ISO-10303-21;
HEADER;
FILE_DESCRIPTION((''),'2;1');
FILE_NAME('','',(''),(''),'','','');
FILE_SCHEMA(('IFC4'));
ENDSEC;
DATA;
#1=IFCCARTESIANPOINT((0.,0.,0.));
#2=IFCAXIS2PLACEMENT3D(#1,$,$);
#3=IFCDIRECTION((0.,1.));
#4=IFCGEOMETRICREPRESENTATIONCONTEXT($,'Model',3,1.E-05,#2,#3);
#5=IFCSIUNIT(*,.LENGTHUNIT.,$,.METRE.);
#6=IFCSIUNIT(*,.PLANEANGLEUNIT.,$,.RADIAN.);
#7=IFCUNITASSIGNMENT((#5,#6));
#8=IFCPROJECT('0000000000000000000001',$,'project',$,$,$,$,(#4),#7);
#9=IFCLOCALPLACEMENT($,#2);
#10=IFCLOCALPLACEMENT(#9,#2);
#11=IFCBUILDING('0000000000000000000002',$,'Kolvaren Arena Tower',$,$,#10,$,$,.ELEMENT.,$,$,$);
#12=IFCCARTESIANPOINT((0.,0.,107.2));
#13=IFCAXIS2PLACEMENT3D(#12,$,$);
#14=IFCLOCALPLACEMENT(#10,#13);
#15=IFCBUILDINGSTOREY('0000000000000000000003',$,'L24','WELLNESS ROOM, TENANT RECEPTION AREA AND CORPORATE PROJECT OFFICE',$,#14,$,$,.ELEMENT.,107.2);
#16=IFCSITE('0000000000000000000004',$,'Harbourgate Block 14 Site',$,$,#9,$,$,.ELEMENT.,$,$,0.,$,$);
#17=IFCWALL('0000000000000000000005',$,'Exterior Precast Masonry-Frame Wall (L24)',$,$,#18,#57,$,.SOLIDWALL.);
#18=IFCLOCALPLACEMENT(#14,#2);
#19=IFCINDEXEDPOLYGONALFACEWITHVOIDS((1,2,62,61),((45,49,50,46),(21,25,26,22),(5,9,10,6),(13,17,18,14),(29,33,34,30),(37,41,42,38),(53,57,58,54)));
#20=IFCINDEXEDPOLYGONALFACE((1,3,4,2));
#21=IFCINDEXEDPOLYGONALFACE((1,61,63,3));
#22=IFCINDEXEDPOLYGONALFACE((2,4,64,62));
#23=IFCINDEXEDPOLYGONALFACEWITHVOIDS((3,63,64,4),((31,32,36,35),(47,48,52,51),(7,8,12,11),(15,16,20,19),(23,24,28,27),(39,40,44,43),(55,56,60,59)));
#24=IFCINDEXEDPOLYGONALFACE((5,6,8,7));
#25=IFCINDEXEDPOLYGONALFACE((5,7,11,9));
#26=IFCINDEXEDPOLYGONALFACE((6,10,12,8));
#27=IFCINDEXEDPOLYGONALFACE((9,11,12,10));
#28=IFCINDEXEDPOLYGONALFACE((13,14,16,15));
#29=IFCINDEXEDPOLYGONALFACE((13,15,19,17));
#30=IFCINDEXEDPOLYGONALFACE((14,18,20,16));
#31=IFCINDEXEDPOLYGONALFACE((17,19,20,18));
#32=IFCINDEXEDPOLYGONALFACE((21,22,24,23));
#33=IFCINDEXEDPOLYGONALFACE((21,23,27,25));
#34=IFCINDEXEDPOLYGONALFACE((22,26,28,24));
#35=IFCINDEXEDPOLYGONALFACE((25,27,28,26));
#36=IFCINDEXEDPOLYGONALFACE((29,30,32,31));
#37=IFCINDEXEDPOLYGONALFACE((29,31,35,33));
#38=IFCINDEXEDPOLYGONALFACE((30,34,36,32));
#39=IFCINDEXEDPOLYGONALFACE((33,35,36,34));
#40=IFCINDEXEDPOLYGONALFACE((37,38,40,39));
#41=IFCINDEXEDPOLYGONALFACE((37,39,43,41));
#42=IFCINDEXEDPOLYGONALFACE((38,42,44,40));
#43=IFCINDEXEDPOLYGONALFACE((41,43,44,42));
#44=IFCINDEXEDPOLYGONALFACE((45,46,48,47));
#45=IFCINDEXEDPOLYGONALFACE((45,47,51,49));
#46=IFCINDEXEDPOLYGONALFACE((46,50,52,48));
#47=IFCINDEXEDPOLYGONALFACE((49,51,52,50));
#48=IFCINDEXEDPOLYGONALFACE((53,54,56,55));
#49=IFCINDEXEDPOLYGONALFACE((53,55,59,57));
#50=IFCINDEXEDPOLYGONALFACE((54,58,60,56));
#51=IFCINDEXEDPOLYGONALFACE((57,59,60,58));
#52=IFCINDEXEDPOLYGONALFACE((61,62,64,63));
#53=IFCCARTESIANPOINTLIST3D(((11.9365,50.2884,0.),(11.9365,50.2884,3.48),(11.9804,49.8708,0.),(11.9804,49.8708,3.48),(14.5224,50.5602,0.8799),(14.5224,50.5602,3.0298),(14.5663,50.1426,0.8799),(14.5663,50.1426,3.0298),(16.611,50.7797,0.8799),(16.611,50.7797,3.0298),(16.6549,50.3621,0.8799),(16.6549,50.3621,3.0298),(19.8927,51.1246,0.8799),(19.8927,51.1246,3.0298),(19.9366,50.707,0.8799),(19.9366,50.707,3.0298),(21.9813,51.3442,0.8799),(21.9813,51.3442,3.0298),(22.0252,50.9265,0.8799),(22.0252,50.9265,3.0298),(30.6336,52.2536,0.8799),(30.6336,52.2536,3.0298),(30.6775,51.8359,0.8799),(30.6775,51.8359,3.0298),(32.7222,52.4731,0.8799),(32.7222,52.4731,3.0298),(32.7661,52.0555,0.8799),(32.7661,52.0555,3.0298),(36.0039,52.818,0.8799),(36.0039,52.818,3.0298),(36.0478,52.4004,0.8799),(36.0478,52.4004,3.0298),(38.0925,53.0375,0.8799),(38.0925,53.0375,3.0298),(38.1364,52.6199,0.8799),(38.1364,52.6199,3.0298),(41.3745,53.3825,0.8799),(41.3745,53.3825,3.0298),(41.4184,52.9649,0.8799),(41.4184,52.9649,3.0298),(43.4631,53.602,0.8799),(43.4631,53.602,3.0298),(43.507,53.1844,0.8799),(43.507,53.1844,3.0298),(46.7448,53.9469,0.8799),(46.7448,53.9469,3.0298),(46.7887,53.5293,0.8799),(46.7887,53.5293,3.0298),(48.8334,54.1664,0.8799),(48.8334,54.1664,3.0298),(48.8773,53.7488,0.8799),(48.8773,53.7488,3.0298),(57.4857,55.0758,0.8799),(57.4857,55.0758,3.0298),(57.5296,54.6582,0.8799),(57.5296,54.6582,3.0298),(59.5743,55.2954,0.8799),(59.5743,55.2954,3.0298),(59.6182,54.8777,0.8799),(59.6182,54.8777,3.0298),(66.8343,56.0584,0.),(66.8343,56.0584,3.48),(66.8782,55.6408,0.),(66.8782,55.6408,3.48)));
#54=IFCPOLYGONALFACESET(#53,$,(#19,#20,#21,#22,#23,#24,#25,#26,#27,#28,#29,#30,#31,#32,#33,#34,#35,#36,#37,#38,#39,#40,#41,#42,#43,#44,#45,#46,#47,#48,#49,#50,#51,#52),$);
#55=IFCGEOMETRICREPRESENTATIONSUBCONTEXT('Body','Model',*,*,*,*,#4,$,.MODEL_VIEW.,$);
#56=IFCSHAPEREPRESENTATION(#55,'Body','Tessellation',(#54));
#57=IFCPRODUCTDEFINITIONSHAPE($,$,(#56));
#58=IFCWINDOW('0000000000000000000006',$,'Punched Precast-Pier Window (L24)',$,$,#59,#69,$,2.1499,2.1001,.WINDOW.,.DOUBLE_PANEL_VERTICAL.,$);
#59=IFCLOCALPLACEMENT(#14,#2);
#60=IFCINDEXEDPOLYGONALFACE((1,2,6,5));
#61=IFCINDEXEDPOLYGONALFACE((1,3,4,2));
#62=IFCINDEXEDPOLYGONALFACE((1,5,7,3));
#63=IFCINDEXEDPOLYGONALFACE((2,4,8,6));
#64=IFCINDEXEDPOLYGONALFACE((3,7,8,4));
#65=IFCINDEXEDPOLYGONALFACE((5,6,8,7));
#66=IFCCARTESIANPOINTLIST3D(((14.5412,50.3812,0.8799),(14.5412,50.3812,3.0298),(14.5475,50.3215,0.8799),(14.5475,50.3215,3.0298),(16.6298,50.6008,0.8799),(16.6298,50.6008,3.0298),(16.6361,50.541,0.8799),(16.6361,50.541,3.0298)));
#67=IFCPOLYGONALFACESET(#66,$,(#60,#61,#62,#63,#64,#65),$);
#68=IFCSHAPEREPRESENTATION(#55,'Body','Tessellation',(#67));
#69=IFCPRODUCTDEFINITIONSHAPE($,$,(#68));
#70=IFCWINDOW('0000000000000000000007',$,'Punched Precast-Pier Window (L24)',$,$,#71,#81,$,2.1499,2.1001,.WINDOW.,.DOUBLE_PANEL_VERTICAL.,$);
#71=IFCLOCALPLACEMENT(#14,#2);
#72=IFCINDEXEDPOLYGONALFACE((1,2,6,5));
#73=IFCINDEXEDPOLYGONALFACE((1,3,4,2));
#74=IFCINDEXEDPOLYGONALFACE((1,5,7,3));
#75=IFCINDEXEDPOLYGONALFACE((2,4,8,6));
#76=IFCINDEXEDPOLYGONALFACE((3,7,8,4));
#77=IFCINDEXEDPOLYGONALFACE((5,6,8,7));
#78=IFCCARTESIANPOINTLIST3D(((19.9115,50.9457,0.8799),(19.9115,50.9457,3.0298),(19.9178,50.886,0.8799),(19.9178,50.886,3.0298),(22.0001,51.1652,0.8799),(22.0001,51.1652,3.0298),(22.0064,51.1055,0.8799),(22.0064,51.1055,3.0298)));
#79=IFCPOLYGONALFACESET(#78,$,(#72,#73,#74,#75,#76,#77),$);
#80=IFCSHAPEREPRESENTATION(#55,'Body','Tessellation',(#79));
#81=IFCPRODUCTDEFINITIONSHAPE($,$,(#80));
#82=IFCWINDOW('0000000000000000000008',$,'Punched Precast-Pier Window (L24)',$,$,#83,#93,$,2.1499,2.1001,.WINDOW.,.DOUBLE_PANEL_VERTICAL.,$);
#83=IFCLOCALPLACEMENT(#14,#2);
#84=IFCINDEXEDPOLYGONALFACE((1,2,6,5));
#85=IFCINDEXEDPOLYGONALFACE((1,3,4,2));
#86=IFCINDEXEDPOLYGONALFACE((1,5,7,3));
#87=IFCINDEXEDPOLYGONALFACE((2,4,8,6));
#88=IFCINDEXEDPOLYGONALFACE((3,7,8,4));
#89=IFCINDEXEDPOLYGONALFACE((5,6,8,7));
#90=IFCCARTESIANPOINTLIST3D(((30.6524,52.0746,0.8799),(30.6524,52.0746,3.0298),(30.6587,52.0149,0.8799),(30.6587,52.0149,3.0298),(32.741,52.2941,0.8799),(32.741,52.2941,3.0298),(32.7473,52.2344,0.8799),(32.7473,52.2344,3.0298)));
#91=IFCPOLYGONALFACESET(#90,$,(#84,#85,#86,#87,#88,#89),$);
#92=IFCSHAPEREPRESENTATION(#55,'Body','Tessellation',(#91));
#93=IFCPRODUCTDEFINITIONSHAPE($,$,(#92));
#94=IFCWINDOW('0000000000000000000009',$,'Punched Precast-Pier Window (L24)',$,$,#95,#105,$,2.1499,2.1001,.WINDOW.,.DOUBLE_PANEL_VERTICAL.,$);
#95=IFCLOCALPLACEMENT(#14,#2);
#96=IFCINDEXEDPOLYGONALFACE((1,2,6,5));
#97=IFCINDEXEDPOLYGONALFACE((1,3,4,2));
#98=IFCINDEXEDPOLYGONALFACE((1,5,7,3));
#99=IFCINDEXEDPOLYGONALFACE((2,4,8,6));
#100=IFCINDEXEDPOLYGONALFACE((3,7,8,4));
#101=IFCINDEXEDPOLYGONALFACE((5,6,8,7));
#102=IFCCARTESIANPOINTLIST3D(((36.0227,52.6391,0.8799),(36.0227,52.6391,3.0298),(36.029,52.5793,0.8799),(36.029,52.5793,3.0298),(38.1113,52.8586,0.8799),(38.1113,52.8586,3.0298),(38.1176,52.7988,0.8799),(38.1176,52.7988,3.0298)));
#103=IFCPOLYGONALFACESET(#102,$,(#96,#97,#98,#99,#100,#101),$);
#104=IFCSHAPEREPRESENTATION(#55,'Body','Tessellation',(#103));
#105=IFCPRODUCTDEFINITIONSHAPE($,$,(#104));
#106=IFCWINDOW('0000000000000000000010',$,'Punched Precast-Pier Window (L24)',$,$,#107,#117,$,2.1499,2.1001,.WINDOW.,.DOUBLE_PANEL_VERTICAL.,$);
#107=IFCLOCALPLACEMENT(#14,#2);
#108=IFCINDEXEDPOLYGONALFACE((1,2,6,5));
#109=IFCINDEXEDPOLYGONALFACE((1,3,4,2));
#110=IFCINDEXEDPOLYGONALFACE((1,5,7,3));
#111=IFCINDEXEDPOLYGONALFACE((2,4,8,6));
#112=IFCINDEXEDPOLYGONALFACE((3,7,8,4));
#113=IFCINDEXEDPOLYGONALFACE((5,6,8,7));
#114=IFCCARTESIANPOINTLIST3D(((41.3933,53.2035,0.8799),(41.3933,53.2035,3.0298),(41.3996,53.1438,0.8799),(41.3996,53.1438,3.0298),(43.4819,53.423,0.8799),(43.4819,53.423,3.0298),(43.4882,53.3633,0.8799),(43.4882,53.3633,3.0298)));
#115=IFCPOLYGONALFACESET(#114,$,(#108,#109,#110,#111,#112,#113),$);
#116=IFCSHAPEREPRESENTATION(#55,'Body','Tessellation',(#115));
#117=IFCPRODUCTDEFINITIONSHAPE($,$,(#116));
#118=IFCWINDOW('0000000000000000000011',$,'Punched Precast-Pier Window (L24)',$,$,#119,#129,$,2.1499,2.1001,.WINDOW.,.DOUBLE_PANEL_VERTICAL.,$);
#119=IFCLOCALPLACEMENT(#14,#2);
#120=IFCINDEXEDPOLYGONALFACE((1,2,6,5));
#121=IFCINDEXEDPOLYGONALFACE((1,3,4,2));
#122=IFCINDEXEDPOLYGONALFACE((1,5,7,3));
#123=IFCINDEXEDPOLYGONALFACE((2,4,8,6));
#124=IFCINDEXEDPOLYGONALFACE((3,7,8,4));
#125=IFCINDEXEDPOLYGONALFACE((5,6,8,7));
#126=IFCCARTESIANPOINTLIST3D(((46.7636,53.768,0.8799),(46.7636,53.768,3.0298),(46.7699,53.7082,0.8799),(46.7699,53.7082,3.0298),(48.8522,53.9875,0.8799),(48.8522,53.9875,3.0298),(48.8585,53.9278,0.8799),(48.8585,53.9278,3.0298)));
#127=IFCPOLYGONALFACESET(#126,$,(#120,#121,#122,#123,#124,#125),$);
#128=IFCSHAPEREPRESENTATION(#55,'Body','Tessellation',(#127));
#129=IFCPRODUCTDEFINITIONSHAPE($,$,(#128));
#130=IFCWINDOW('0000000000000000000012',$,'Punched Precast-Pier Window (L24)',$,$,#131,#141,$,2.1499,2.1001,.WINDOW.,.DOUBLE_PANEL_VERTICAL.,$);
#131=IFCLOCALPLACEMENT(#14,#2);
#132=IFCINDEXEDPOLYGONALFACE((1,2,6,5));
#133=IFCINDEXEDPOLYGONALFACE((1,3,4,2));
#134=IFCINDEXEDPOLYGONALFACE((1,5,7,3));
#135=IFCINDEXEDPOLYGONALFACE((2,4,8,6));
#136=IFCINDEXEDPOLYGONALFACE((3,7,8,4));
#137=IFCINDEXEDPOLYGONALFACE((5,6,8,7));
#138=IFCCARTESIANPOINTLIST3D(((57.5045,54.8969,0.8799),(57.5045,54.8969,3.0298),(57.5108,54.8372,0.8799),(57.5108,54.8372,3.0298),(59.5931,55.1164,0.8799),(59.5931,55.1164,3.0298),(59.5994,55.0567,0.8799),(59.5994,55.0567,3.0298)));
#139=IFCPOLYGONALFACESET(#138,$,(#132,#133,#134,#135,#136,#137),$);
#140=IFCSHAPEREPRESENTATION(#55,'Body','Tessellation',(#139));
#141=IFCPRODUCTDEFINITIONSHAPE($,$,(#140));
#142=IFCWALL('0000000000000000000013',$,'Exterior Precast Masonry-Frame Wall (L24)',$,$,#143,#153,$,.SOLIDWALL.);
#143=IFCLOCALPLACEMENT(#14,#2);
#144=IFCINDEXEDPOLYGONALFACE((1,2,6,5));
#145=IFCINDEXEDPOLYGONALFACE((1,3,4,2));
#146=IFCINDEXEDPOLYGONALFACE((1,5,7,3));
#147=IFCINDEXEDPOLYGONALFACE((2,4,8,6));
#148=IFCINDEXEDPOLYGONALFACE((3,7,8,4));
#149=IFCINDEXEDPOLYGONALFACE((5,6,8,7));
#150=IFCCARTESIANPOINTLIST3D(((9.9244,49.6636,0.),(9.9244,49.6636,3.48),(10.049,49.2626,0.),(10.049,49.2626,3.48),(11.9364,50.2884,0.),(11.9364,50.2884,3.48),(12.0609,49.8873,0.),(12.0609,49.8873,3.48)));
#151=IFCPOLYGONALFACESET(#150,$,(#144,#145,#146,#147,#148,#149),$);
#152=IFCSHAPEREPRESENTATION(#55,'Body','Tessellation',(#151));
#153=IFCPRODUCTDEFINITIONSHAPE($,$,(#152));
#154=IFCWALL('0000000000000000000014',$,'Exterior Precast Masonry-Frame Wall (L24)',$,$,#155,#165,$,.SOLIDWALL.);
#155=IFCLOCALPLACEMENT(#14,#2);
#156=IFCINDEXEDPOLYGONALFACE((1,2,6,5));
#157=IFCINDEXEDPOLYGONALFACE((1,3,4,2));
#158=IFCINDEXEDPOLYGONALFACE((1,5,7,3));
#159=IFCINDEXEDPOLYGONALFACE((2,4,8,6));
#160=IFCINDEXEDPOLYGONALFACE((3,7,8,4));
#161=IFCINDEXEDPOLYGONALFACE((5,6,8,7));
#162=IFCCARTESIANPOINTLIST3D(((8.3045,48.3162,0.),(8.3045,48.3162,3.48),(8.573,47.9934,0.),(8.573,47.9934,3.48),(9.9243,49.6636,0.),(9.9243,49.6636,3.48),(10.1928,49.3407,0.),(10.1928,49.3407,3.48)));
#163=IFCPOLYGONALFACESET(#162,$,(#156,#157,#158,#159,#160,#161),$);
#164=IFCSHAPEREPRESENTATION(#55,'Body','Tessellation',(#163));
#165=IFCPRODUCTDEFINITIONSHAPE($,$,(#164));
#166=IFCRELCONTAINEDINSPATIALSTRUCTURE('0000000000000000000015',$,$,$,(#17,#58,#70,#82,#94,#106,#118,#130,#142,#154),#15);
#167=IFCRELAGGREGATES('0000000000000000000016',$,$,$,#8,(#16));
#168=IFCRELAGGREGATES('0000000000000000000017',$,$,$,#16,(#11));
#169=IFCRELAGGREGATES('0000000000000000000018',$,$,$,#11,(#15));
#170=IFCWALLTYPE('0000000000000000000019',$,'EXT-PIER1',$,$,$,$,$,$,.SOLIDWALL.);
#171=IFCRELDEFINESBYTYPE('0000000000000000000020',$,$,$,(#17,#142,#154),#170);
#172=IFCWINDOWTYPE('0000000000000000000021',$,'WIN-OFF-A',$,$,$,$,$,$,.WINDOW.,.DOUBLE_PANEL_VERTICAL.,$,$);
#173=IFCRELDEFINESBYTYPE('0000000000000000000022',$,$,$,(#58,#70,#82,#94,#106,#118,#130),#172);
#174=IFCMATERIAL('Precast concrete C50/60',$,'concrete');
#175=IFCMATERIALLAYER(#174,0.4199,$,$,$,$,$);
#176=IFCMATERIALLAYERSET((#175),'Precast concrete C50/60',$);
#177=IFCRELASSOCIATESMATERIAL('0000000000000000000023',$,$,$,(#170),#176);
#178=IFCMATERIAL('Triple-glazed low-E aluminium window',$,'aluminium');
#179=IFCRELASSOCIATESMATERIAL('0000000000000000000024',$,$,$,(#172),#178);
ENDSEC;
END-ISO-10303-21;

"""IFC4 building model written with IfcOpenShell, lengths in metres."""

from ifc_helpers import new_model, si_unit, direction, frame, frame_2d, origin, place, context, subcontext, project, spatial, rectangle, extrude, material, layer, layer_set, type_object, element, fill, save


model = new_model("IFC4")

# Units and contexts
model_context = context("Model", 3, precision=1e-05, world=origin(), true_north=direction((0.0, 1.0)))
body_context = subcontext(model_context, "Body", "Model", "MODEL_VIEW")
ifc_project = project(units=[si_unit("LENGTHUNIT", "METRE"), si_unit("PLANEANGLEUNIT", "RADIAN")], contexts=[model_context])

# Site, building, storey
site_placement = place(None, origin())
site = spatial("IfcSite", under=ifc_project, at=site_placement, Name="Harbourgate Block 14 Site", CompositionType="ELEMENT", RefElevation=0.0)
building_placement = place(site_placement, origin())
building = spatial("IfcBuilding", under=site, at=building_placement, Name="Kolvaren Arena Tower", CompositionType="ELEMENT")
storey_placement = place(building_placement, frame((0.0, 0.0, 107.2)))
storey = spatial("IfcBuildingStorey", under=building, at=storey_placement, Name="L24", Description="WELLNESS ROOM, TENANT RECEPTION AREA AND CORPORATE PROJECT OFFICE", CompositionType="ELEMENT", Elevation=107.2)

# Wall, openings, windows
ifc_material_1 = material(Name="Precast concrete C50/60", Category="concrete")
ifc_layer_1 = layer(ifc_material_1, 0.4199)
ifc_layer_set_1 = layer_set([ifc_layer_1], Name="Precast concrete C50/60")
wall_type_1 = type_object("IfcWallType", Name="EXT-PIER1", PredefinedType="SOLIDWALL", material=ifc_layer_set_1)
wall_1_placement = place(storey_placement, frame((11.9585, 50.0796, 0.0), z_axis=(0.0, 0.0, 1.0), x_axis=(0.994522, 0.104529, 0.0)))
wall_1 = element("IfcWall", 1, at=wall_1_placement, inside=storey, type_object=wall_type_1, Name="Exterior Precast Masonry-Frame Wall (L24)", PredefinedType="SOLIDWALL", context=body_context, shape_type="SweptSolid", body=[
    extrude(rectangle(XDim=55.2002, YDim=0.4199, at=frame_2d((27.6001, 0.0))), origin(), (0.0, 0.0, 1.0), 3.48),
])
opening_1_placement = place(wall_1_placement, frame((2.6001, 0.0, 0.8799)))
opening_1 = element("IfcOpeningElement", 2, at=opening_1_placement, cuts=wall_1, PredefinedType="OPENING", context=body_context, shape_type="SweptSolid", body=[
    extrude(rectangle(XDim=2.1001, YDim=2.1499, at=frame_2d((1.05, 1.075))), frame((0.0, 0.22, 0.0), z_axis=(0.0, -1.0, 0.0), x_axis=(1.0, 0.0, 0.0)), (0.0, 0.0, 1.0), 0.4399),
])
opening_2_placement = place(wall_1_placement, frame((8.0, 0.0, 0.8799)))
opening_2 = element("IfcOpeningElement", 3, at=opening_2_placement, cuts=wall_1, PredefinedType="OPENING", context=body_context, shape_type="SweptSolid", body=[
    extrude(rectangle(XDim=2.1001, YDim=2.1499, at=frame_2d((1.05, 1.075))), frame((0.0, 0.22, 0.0), z_axis=(0.0, -1.0, 0.0), x_axis=(1.0, 0.0, 0.0)), (0.0, 0.0, 1.0), 0.4399),
])
opening_3_placement = place(wall_1_placement, frame((18.8, 0.0, 0.8799)))
opening_3 = element("IfcOpeningElement", 4, at=opening_3_placement, cuts=wall_1, PredefinedType="OPENING", context=body_context, shape_type="SweptSolid", body=[
    extrude(rectangle(XDim=2.1001, YDim=2.1499, at=frame_2d((1.05, 1.075))), frame((0.0, 0.22, 0.0), z_axis=(0.0, -1.0, 0.0), x_axis=(1.0, 0.0, 0.0)), (0.0, 0.0, 1.0), 0.4399),
])
opening_4_placement = place(wall_1_placement, frame((24.2, 0.0, 0.8799)))
opening_4 = element("IfcOpeningElement", 5, at=opening_4_placement, cuts=wall_1, PredefinedType="OPENING", context=body_context, shape_type="SweptSolid", body=[
    extrude(rectangle(XDim=2.1001, YDim=2.1499, at=frame_2d((1.05, 1.075))), frame((0.0, 0.22, 0.0), z_axis=(0.0, -1.0, 0.0), x_axis=(1.0, 0.0, 0.0)), (0.0, 0.0, 1.0), 0.4399),
])
opening_5_placement = place(wall_1_placement, frame((29.6001, 0.0, 0.8799)))
opening_5 = element("IfcOpeningElement", 6, at=opening_5_placement, cuts=wall_1, PredefinedType="OPENING", context=body_context, shape_type="SweptSolid", body=[
    extrude(rectangle(XDim=2.1001, YDim=2.1499, at=frame_2d((1.05, 1.075))), frame((0.0, 0.22, 0.0), z_axis=(0.0, -1.0, 0.0), x_axis=(1.0, 0.0, 0.0)), (0.0, 0.0, 1.0), 0.4399),
])
opening_6_placement = place(wall_1_placement, frame((35.0, 0.0, 0.8799)))
opening_6 = element("IfcOpeningElement", 7, at=opening_6_placement, cuts=wall_1, PredefinedType="OPENING", context=body_context, shape_type="SweptSolid", body=[
    extrude(rectangle(XDim=2.1001, YDim=2.1499, at=frame_2d((1.05, 1.075))), frame((0.0, 0.22, 0.0), z_axis=(0.0, -1.0, 0.0), x_axis=(1.0, 0.0, 0.0)), (0.0, 0.0, 1.0), 0.4399),
])
opening_7_placement = place(wall_1_placement, frame((45.8, 0.0, 0.8799)))
opening_7 = element("IfcOpeningElement", 8, at=opening_7_placement, cuts=wall_1, PredefinedType="OPENING", context=body_context, shape_type="SweptSolid", body=[
    extrude(rectangle(XDim=2.1001, YDim=2.1499, at=frame_2d((1.05, 1.075))), frame((0.0, 0.22, 0.0), z_axis=(0.0, -1.0, 0.0), x_axis=(1.0, 0.0, 0.0)), (0.0, 0.0, 1.0), 0.4399),
])
ifc_material_2 = material(Name="Triple-glazed low-E aluminium window", Category="aluminium")
window_type = type_object("IfcWindowType", Name="WIN-OFF-A", PartitioningType="DOUBLE_PANEL_VERTICAL", PredefinedType="WINDOW", material=ifc_material_2)
window_1_placement = place(opening_1_placement, origin())
window_1 = element("IfcWindow", 9, at=window_1_placement, inside=storey, type_object=window_type, Name="Punched Precast-Pier Window (L24)", OverallHeight=2.1499, OverallWidth=2.1001, PartitioningType="DOUBLE_PANEL_VERTICAL", PredefinedType="WINDOW", context=body_context, shape_type="SweptSolid", body=[
    extrude(rectangle(XDim=2.1001, YDim=2.1499, at=frame_2d((1.05, 1.075))), frame((0.0, 0.03, 0.0), z_axis=(0.0, -1.0, 0.0), x_axis=(1.0, 0.0, 0.0)), (0.0, 0.0, 1.0), 0.0601),
])
fill(opening_1, window_1)
window_2_placement = place(opening_2_placement, origin())
window_2 = element("IfcWindow", 10, at=window_2_placement, inside=storey, type_object=window_type, Name="Punched Precast-Pier Window (L24)", OverallHeight=2.1499, OverallWidth=2.1001, PartitioningType="DOUBLE_PANEL_VERTICAL", PredefinedType="WINDOW", context=body_context, shape_type="SweptSolid", body=[
    extrude(rectangle(XDim=2.1001, YDim=2.1499, at=frame_2d((1.05, 1.075))), frame((0.0, 0.03, 0.0), z_axis=(0.0, -1.0, 0.0), x_axis=(1.0, 0.0, 0.0)), (0.0, 0.0, 1.0), 0.0601),
])
fill(opening_2, window_2)
window_3_placement = place(opening_3_placement, origin())
window_3 = element("IfcWindow", 11, at=window_3_placement, inside=storey, type_object=window_type, Name="Punched Precast-Pier Window (L24)", OverallHeight=2.1499, OverallWidth=2.1001, PartitioningType="DOUBLE_PANEL_VERTICAL", PredefinedType="WINDOW", context=body_context, shape_type="SweptSolid", body=[
    extrude(rectangle(XDim=2.1001, YDim=2.1499, at=frame_2d((1.05, 1.075))), frame((0.0, 0.03, 0.0), z_axis=(0.0, -1.0, 0.0), x_axis=(1.0, 0.0, 0.0)), (0.0, 0.0, 1.0), 0.0601),
])
fill(opening_3, window_3)
window_4_placement = place(opening_4_placement, origin())
window_4 = element("IfcWindow", 12, at=window_4_placement, inside=storey, type_object=window_type, Name="Punched Precast-Pier Window (L24)", OverallHeight=2.1499, OverallWidth=2.1001, PartitioningType="DOUBLE_PANEL_VERTICAL", PredefinedType="WINDOW", context=body_context, shape_type="SweptSolid", body=[
    extrude(rectangle(XDim=2.1001, YDim=2.1499, at=frame_2d((1.05, 1.075))), frame((0.0, 0.03, 0.0), z_axis=(0.0, -1.0, 0.0), x_axis=(1.0, 0.0, 0.0)), (0.0, 0.0, 1.0), 0.0601),
])
fill(opening_4, window_4)
window_5_placement = place(opening_5_placement, origin())
window_5 = element("IfcWindow", 13, at=window_5_placement, inside=storey, type_object=window_type, Name="Punched Precast-Pier Window (L24)", OverallHeight=2.1499, OverallWidth=2.1001, PartitioningType="DOUBLE_PANEL_VERTICAL", PredefinedType="WINDOW", context=body_context, shape_type="SweptSolid", body=[
    extrude(rectangle(XDim=2.1001, YDim=2.1499, at=frame_2d((1.05, 1.075))), frame((0.0, 0.03, 0.0), z_axis=(0.0, -1.0, 0.0), x_axis=(1.0, 0.0, 0.0)), (0.0, 0.0, 1.0), 0.0601),
])
fill(opening_5, window_5)
window_6_placement = place(opening_6_placement, origin())
window_6 = element("IfcWindow", 14, at=window_6_placement, inside=storey, type_object=window_type, Name="Punched Precast-Pier Window (L24)", OverallHeight=2.1499, OverallWidth=2.1001, PartitioningType="DOUBLE_PANEL_VERTICAL", PredefinedType="WINDOW", context=body_context, shape_type="SweptSolid", body=[
    extrude(rectangle(XDim=2.1001, YDim=2.1499, at=frame_2d((1.05, 1.075))), frame((0.0, 0.03, 0.0), z_axis=(0.0, -1.0, 0.0), x_axis=(1.0, 0.0, 0.0)), (0.0, 0.0, 1.0), 0.0601),
])
fill(opening_6, window_6)
window_7_placement = place(opening_7_placement, origin())
window_7 = element("IfcWindow", 15, at=window_7_placement, inside=storey, type_object=window_type, Name="Punched Precast-Pier Window (L24)", OverallHeight=2.1499, OverallWidth=2.1001, PartitioningType="DOUBLE_PANEL_VERTICAL", PredefinedType="WINDOW", context=body_context, shape_type="SweptSolid", body=[
    extrude(rectangle(XDim=2.1001, YDim=2.1499, at=frame_2d((1.05, 1.075))), frame((0.0, 0.03, 0.0), z_axis=(0.0, -1.0, 0.0), x_axis=(1.0, 0.0, 0.0)), (0.0, 0.0, 1.0), 0.0601),
])
fill(opening_7, window_7)

# Walls
wall_2_placement = place(storey_placement, frame((9.9868, 49.4631, 0.0), z_axis=(0.0, 0.0, 1.0), x_axis=(0.955017, 0.296552, 0.0)))
element("IfcWall", 16, at=wall_2_placement, inside=storey, type_object=wall_type_1, Name="Exterior Precast Masonry-Frame Wall (L24)", PredefinedType="SOLIDWALL", context=body_context, shape_type="SweptSolid", body=[
    extrude(rectangle(XDim=2.1067, YDim=0.4199, at=frame_2d((1.0532, 0.0))), origin(), (0.0, 0.0, 1.0), 3.48),
])
wall_3_placement = place(storey_placement, frame((8.4387, 48.1548, 0.0), z_axis=(0.0, 0.0, 1.0), x_axis=(0.7688, 0.639489, 0.0)))
element("IfcWall", 17, at=wall_3_placement, inside=storey, type_object=wall_type_1, Name="Exterior Precast Masonry-Frame Wall (L24)", PredefinedType="SOLIDWALL", context=body_context, shape_type="SweptSolid", body=[
    extrude(rectangle(XDim=2.1069, YDim=0.4199, at=frame_2d((1.0535, 0.0))), origin(), (0.0, 0.0, 1.0), 3.48),
])

save(model, "model.ifc")
